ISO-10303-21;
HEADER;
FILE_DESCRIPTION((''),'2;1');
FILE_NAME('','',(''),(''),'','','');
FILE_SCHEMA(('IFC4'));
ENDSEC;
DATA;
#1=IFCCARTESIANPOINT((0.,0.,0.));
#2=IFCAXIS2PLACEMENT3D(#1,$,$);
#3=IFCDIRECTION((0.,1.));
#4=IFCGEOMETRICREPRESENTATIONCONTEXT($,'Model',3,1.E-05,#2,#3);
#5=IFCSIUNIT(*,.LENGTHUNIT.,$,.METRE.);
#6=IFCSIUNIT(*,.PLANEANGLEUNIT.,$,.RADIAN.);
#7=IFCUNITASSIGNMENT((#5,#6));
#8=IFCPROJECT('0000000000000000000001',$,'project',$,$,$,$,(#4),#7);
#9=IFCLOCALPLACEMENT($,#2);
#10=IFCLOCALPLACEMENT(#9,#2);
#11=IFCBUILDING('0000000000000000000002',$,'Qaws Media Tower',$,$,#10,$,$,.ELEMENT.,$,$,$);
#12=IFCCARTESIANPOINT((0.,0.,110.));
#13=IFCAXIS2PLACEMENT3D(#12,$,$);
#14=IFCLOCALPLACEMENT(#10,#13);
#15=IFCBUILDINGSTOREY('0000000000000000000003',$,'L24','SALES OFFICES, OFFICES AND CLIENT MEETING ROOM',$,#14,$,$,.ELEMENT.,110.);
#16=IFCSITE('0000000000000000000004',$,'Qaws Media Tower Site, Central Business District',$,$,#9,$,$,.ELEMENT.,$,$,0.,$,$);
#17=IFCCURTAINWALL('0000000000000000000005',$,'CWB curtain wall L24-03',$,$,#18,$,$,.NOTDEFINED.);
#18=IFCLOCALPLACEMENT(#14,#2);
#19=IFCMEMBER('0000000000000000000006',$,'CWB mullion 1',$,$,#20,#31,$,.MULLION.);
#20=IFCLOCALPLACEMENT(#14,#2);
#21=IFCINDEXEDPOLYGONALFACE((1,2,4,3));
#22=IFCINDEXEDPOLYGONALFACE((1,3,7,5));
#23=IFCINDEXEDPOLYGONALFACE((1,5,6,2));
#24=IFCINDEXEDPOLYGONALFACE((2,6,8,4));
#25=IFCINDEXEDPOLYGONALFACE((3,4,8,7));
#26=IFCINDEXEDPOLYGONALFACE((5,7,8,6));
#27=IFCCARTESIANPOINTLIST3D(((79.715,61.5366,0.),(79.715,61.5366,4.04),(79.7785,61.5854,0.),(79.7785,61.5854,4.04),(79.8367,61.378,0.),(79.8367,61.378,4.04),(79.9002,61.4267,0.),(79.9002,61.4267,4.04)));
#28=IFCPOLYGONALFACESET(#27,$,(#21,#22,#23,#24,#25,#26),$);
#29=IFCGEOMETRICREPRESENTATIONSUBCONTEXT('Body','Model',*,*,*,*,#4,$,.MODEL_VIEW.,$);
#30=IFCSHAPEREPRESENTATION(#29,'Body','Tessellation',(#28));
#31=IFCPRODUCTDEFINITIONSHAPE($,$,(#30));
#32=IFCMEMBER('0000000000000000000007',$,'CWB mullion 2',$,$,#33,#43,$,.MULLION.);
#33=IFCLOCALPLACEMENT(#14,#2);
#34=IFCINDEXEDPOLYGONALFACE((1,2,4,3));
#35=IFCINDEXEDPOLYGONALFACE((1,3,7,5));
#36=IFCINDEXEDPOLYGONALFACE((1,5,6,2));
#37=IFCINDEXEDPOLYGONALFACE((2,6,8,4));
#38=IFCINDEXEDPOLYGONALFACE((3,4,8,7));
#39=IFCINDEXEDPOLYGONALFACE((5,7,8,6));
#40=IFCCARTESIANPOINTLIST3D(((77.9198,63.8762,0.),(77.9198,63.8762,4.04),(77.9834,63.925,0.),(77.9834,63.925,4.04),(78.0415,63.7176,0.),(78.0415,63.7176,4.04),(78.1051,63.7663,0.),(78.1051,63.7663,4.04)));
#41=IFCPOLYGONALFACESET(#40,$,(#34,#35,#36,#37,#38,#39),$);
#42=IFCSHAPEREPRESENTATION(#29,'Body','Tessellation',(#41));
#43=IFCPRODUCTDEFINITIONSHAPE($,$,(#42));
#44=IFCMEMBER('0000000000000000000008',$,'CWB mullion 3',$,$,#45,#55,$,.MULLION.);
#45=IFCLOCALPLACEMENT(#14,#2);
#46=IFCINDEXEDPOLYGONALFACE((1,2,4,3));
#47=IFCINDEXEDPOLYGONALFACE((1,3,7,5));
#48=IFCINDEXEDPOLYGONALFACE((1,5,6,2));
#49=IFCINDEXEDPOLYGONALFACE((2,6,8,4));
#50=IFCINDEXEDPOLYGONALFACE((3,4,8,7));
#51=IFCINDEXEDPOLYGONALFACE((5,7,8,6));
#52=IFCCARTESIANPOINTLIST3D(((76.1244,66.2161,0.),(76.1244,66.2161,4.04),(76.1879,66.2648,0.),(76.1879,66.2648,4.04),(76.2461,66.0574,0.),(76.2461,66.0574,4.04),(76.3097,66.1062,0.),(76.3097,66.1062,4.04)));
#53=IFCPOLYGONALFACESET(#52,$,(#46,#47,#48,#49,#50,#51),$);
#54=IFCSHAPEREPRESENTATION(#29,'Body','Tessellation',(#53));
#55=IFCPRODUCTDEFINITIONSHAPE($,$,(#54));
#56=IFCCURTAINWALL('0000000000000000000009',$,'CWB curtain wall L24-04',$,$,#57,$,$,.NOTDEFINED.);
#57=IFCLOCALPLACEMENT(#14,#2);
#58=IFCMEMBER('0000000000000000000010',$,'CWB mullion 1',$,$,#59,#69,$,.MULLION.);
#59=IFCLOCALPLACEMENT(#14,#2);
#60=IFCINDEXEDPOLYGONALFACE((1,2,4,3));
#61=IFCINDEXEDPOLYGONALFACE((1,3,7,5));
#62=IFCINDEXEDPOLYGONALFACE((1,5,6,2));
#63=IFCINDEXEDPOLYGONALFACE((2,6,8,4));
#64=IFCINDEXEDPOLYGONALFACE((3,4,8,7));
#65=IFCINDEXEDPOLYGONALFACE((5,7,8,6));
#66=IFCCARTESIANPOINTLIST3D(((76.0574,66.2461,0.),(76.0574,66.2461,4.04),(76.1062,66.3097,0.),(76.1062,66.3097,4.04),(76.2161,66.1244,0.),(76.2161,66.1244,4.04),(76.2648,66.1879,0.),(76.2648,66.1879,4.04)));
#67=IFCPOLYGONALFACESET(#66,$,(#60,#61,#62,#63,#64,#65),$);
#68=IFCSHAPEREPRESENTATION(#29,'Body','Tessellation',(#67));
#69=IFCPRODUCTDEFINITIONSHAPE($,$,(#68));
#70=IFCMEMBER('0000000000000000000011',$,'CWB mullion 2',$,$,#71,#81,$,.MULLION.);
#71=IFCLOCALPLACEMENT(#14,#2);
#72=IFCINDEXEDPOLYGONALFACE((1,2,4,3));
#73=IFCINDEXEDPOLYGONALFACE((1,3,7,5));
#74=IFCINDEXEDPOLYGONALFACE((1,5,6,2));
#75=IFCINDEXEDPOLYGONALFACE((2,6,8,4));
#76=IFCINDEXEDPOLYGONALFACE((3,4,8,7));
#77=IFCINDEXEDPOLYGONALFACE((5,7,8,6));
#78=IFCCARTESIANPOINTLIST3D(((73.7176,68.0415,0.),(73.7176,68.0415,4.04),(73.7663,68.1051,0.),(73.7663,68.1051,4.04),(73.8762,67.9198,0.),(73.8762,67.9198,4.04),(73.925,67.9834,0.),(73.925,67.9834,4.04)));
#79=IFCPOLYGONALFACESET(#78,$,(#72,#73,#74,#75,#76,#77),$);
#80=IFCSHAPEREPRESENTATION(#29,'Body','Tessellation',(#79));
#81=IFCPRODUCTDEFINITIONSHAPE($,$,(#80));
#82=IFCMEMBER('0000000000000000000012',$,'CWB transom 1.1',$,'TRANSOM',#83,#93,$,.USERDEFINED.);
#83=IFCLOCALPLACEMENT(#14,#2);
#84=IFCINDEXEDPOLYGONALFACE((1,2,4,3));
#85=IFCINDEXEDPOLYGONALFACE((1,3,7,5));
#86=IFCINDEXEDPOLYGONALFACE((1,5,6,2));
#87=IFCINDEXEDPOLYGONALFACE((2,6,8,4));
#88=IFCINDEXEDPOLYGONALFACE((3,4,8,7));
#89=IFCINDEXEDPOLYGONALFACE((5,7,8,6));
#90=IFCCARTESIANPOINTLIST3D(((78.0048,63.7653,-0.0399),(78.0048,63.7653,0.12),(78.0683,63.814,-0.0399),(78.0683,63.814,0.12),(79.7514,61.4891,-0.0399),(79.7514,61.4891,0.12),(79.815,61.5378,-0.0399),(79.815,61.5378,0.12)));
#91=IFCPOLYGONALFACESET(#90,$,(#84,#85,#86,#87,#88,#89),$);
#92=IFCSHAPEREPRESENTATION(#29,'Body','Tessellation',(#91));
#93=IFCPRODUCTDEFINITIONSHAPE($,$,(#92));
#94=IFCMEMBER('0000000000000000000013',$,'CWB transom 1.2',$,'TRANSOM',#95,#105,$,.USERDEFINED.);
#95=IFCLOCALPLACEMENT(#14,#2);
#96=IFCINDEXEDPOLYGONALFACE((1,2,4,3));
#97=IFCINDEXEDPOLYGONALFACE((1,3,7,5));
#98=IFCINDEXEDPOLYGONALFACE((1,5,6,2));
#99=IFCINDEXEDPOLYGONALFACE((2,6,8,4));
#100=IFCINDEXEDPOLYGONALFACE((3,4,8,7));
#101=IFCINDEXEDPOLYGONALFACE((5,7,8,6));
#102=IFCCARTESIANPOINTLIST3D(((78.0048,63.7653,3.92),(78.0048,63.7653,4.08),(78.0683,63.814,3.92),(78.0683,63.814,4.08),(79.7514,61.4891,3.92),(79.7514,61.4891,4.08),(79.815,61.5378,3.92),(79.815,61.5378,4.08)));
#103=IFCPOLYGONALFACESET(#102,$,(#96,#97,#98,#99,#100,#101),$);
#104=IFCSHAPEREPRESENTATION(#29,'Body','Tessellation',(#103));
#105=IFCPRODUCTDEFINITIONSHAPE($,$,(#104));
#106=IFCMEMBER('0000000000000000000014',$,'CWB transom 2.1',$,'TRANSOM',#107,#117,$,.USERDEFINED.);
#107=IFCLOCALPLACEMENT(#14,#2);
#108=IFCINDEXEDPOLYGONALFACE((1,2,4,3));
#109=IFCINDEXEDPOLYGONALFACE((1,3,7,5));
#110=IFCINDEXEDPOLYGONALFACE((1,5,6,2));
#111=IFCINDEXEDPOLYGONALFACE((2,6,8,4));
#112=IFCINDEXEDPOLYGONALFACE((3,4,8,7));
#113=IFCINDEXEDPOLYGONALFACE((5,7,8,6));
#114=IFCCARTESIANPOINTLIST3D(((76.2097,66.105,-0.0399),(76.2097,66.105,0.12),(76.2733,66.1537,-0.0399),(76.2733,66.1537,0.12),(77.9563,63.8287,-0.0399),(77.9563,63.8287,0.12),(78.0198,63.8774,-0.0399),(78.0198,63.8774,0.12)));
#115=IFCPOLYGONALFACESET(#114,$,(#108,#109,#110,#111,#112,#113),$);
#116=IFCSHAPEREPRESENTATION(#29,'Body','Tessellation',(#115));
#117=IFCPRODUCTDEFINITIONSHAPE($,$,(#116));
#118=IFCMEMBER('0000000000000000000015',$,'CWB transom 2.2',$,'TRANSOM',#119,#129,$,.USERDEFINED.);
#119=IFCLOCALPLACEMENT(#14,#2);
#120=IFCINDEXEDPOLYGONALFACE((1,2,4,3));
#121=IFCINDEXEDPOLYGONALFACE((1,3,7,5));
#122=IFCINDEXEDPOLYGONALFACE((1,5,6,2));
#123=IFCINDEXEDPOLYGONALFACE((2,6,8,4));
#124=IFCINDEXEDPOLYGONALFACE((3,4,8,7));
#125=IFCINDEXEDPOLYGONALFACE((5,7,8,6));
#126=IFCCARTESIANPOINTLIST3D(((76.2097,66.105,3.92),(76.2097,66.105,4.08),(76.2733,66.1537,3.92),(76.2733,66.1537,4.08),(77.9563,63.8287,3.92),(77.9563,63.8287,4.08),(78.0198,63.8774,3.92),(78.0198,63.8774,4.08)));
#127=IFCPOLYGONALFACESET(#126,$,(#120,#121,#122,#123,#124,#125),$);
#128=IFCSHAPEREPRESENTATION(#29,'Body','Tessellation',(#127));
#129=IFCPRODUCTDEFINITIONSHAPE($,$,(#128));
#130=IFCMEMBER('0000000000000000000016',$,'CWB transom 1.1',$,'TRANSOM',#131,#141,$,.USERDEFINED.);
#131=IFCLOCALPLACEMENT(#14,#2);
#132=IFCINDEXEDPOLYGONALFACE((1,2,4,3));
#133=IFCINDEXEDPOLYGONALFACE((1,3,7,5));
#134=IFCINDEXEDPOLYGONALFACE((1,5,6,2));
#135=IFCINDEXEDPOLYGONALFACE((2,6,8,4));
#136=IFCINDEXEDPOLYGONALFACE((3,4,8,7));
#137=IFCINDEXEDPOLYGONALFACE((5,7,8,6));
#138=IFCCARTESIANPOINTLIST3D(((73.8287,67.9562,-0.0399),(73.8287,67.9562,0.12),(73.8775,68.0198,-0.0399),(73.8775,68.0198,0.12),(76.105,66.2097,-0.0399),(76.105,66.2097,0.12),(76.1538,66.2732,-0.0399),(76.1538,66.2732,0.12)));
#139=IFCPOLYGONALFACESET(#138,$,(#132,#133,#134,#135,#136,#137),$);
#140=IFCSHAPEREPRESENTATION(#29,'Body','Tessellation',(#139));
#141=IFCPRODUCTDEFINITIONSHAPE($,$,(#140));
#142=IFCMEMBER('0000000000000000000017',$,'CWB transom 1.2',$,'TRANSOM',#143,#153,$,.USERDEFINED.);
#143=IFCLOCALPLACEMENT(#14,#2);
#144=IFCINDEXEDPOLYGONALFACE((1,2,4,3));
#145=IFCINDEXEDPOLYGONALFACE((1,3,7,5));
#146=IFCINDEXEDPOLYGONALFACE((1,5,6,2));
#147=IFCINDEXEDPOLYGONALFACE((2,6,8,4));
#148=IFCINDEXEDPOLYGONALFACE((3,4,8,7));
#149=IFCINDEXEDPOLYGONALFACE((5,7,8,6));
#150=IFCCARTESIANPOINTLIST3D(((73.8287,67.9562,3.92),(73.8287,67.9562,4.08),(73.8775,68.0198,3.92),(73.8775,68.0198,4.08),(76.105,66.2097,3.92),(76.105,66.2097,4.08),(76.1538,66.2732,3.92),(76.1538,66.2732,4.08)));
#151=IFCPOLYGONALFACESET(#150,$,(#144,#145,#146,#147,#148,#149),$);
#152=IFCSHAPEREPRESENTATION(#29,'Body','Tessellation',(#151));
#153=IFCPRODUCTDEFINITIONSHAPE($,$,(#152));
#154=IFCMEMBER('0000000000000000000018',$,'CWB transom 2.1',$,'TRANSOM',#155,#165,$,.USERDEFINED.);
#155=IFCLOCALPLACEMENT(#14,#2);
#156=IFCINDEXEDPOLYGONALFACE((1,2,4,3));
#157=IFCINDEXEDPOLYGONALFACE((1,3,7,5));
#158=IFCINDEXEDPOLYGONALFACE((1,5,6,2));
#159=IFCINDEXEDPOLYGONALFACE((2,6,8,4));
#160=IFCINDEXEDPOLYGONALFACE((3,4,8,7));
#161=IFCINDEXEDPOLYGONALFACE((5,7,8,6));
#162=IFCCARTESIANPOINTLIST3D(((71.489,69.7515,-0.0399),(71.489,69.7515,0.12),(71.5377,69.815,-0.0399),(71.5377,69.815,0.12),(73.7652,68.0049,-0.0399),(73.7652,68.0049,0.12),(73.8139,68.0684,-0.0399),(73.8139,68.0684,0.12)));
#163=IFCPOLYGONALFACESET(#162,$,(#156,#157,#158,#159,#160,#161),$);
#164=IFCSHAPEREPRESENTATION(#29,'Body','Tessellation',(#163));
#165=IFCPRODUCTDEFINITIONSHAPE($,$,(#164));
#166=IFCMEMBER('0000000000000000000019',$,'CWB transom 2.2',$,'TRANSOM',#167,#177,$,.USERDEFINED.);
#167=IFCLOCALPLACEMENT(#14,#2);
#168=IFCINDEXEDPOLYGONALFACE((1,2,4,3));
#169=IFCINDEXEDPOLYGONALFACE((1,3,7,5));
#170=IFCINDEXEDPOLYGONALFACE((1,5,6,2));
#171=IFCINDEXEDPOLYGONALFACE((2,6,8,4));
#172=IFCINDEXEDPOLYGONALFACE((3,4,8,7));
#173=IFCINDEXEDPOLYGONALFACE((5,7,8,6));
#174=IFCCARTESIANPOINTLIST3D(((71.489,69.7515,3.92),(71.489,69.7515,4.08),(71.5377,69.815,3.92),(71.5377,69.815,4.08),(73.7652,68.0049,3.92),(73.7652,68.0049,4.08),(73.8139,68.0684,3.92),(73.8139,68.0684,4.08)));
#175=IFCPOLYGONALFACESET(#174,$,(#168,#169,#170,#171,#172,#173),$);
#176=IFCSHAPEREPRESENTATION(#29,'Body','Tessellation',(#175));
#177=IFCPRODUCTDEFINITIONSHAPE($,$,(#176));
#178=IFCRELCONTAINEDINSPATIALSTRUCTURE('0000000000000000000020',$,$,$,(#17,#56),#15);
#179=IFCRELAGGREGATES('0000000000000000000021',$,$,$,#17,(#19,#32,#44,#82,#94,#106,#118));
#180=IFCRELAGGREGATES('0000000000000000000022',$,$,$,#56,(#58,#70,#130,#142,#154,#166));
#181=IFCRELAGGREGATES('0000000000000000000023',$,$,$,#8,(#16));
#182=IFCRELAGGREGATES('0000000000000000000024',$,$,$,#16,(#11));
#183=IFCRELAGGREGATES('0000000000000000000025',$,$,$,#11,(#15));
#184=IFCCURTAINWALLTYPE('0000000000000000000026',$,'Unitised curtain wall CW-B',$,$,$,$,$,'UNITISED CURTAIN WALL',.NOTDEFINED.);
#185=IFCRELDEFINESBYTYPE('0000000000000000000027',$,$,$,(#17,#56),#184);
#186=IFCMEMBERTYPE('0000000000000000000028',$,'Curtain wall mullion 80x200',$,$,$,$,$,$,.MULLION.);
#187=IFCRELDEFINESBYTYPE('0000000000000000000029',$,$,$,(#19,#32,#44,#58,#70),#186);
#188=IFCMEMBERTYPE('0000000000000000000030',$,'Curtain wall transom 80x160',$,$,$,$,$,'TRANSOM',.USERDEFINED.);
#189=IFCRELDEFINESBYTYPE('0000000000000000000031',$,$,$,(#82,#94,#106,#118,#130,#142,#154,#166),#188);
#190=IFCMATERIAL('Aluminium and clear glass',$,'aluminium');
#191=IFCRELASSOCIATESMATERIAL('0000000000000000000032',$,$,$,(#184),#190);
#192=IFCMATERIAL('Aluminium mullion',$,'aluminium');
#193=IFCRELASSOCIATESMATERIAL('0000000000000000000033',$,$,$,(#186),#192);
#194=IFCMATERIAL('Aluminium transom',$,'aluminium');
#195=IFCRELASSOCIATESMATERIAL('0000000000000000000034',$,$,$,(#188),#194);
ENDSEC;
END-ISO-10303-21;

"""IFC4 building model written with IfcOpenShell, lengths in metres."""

from ifc_helpers import new_model, si_unit, direction, frame, origin, origin_2d, place, context, subcontext, project, spatial, rectangle, extrude, material, material_profile, profile_set, type_object, element, aggregate, save


model = new_model("IFC4")

# Units and contexts
model_context = context("Model", 3, precision=1e-05, world=origin(), true_north=direction((0.0, 1.0)))
body_context = subcontext(model_context, "Body", "Model", "MODEL_VIEW")
ifc_project = project(units=[si_unit("LENGTHUNIT", "METRE"), si_unit("PLANEANGLEUNIT", "RADIAN")], contexts=[model_context])

# Site, building, storey
site_placement = place(None, origin())
site = spatial("IfcSite", under=ifc_project, at=site_placement, Name="Qaws Media Tower Site, Central Business District", CompositionType="ELEMENT", RefElevation=0.0)
building_placement = place(site_placement, origin())
building = spatial("IfcBuilding", under=site, at=building_placement, Name="Qaws Media Tower", CompositionType="ELEMENT")
storey_placement = place(building_placement, frame((0.0, 0.0, 110.0)))
storey = spatial("IfcBuildingStorey", under=building, at=storey_placement, Name="L24", Description="SALES OFFICES, OFFICES AND CLIENT MEETING ROOM", CompositionType="ELEMENT", Elevation=110.0)

# Curtain walls, members
ifc_material_1 = material(Name="Aluminium and clear glass", Category="aluminium")
curtain_wall_type = type_object("IfcCurtainWallType", Name="Unitised curtain wall CW-B", ElementType="UNITISED CURTAIN WALL", PredefinedType="NOTDEFINED", material=ifc_material_1)
curtain_wall_1_placement = place(storey_placement, origin())
curtain_wall_1 = element("IfcCurtainWall", 1, at=curtain_wall_1_placement, inside=storey, type_object=curtain_wall_type, Name="CWB curtain wall L24-03", PredefinedType="NOTDEFINED")
ifc_material_2 = material(Name="Aluminium mullion", Category="aluminium")
ifc_material_profile_1 = material_profile(ifc_material_2, rectangle(XDim=0.0801, YDim=0.2, at=origin_2d()), Name="80x200")
ifc_profile_set_1 = profile_set([ifc_material_profile_1], Name="Aluminium mullion")
member_type_1 = type_object("IfcMemberType", Name="Curtain wall mullion 80x200", PredefinedType="MULLION", material=ifc_profile_set_1)
member_1_placement = place(storey_placement, frame((79.8076, 61.4817, 0.0), z_axis=(0.0, 0.0, 1.0), x_axis=(-0.793353, -0.608762, 0.0)))
member_1 = element("IfcMember", 2, at=member_1_placement, type_object=member_type_1, Name="CWB mullion 1", PredefinedType="MULLION", context=body_context, shape_type="SweptSolid", body=[
    extrude(rectangle(XDim=0.0801, YDim=0.2, at=origin_2d()), origin(), (0.0, 0.0, 1.0), 4.04),
])
member_2_placement = place(storey_placement, frame((78.0125, 63.8213, 0.0), z_axis=(0.0, 0.0, 1.0), x_axis=(-0.793353, -0.608762, 0.0)))
member_2 = element("IfcMember", 3, at=member_2_placement, type_object=member_type_1, Name="CWB mullion 2", PredefinedType="MULLION", context=body_context, shape_type="SweptSolid", body=[
    extrude(rectangle(XDim=0.0801, YDim=0.2, at=origin_2d()), origin(), (0.0, 0.0, 1.0), 4.04),
])
member_3_placement = place(storey_placement, frame((76.217, 66.1611, 0.0), z_axis=(0.0, 0.0, 1.0), x_axis=(-0.793353, -0.608762, 0.0)))
member_3 = element("IfcMember", 4, at=member_3_placement, type_object=member_type_1, Name="CWB mullion 3", PredefinedType="MULLION", context=body_context, shape_type="SweptSolid", body=[
    extrude(rectangle(XDim=0.0801, YDim=0.2, at=origin_2d()), origin(), (0.0, 0.0, 1.0), 4.04),
])
curtain_wall_2_placement = place(storey_placement, origin())
curtain_wall_2 = element("IfcCurtainWall", 5, at=curtain_wall_2_placement, inside=storey, type_object=curtain_wall_type, Name="CWB curtain wall L24-04", PredefinedType="NOTDEFINED")
member_4_placement = place(storey_placement, frame((76.1611, 66.217, 0.0), z_axis=(0.0, 0.0, 1.0), x_axis=(-0.608762, -0.793353, 0.0)))
member_4 = element("IfcMember", 6, at=member_4_placement, type_object=member_type_1, Name="CWB mullion 1", PredefinedType="MULLION", context=body_context, shape_type="SweptSolid", body=[
    extrude(rectangle(XDim=0.0801, YDim=0.2, at=origin_2d()), origin(), (0.0, 0.0, 1.0), 4.04),
])
member_5_placement = place(storey_placement, frame((73.8213, 68.0125, 0.0), z_axis=(0.0, 0.0, 1.0), x_axis=(-0.608762, -0.793353, 0.0)))
member_5 = element("IfcMember", 7, at=member_5_placement, type_object=member_type_1, Name="CWB mullion 2", PredefinedType="MULLION", context=body_context, shape_type="SweptSolid", body=[
    extrude(rectangle(XDim=0.0801, YDim=0.2, at=origin_2d()), origin(), (0.0, 0.0, 1.0), 4.04),
])

# Members
ifc_material_3 = material(Name="Aluminium transom", Category="aluminium")
ifc_material_profile_2 = material_profile(ifc_material_3, rectangle(XDim=0.0801, YDim=0.1599, at=origin_2d()), Name="80x160")
ifc_profile_set_2 = profile_set([ifc_material_profile_2], Name="Aluminium transom")
member_type_2 = type_object("IfcMemberType", Name="Curtain wall transom 80x160", ElementType="TRANSOM", PredefinedType="USERDEFINED", material=ifc_profile_set_2)
member_6_placement = place(storey_placement, frame((79.7832, 61.5134, 0.04), z_axis=(-0.608773, 0.793345, 0.0), x_axis=(-0.793345, -0.608773, 0.0)))
member_6 = element("IfcMember", 8, at=member_6_placement, type_object=member_type_2, Name="CWB transom 1.1", ObjectType="TRANSOM", PredefinedType="USERDEFINED", context=body_context, shape_type="SweptSolid", body=[
    extrude(rectangle(XDim=0.0801, YDim=0.1599, at=origin_2d()), origin(), (0.0, 0.0, 1.0), 2.8691),
])
member_7_placement = place(storey_placement, frame((79.7832, 61.5134, 4.0), z_axis=(-0.608773, 0.793345, 0.0), x_axis=(-0.793345, -0.608773, 0.0)))
member_7 = element("IfcMember", 9, at=member_7_placement, type_object=member_type_2, Name="CWB transom 1.2", ObjectType="TRANSOM", PredefinedType="USERDEFINED", context=body_context, shape_type="SweptSolid", body=[
    extrude(rectangle(XDim=0.0801, YDim=0.1599, at=origin_2d()), origin(), (0.0, 0.0, 1.0), 2.8691),
])
member_8_placement = place(storey_placement, frame((77.988, 63.853, 0.04), z_axis=(-0.608732, 0.793376, 0.0), x_axis=(-0.793376, -0.608732, 0.0)))
member_8 = element("IfcMember", 10, at=member_8_placement, type_object=member_type_2, Name="CWB transom 2.1", ObjectType="TRANSOM", PredefinedType="USERDEFINED", context=body_context, shape_type="SweptSolid", body=[
    extrude(rectangle(XDim=0.0801, YDim=0.1599, at=origin_2d()), origin(), (0.0, 0.0, 1.0), 2.8691),
])
member_9_placement = place(storey_placement, frame((77.988, 63.853, 4.0), z_axis=(-0.608732, 0.793376, 0.0), x_axis=(-0.793376, -0.608732, 0.0)))
member_9 = element("IfcMember", 11, at=member_9_placement, type_object=member_type_2, Name="CWB transom 2.2", ObjectType="TRANSOM", PredefinedType="USERDEFINED", context=body_context, shape_type="SweptSolid", body=[
    extrude(rectangle(XDim=0.0801, YDim=0.1599, at=origin_2d()), origin(), (0.0, 0.0, 1.0), 2.8691),
])
member_10_placement = place(storey_placement, frame((76.1294, 66.2415, 0.04), z_axis=(-0.793376, 0.608732, 0.0), x_axis=(-0.608732, -0.793376, 0.0)))
member_10 = element("IfcMember", 12, at=member_10_placement, type_object=member_type_2, Name="CWB transom 1.1", ObjectType="TRANSOM", PredefinedType="USERDEFINED", context=body_context, shape_type="SweptSolid", body=[
    extrude(rectangle(XDim=0.0801, YDim=0.1599, at=origin_2d()), origin(), (0.0, 0.0, 1.0), 2.8691),
])
member_11_placement = place(storey_placement, frame((76.1294, 66.2415, 4.0), z_axis=(-0.793376, 0.608732, 0.0), x_axis=(-0.608732, -0.793376, 0.0)))
member_11 = element("IfcMember", 13, at=member_11_placement, type_object=member_type_2, Name="CWB transom 1.2", ObjectType="TRANSOM", PredefinedType="USERDEFINED", context=body_context, shape_type="SweptSolid", body=[
    extrude(rectangle(XDim=0.0801, YDim=0.1599, at=origin_2d()), origin(), (0.0, 0.0, 1.0), 2.8691),
])
member_12_placement = place(storey_placement, frame((73.7896, 68.0366, 0.04), z_axis=(-0.793345, 0.608773, 0.0), x_axis=(-0.608773, -0.793345, 0.0)))
member_12 = element("IfcMember", 14, at=member_12_placement, type_object=member_type_2, Name="CWB transom 2.1", ObjectType="TRANSOM", PredefinedType="USERDEFINED", context=body_context, shape_type="SweptSolid", body=[
    extrude(rectangle(XDim=0.0801, YDim=0.1599, at=origin_2d()), origin(), (0.0, 0.0, 1.0), 2.8691),
])
member_13_placement = place(storey_placement, frame((73.7896, 68.0366, 4.0), z_axis=(-0.793345, 0.608773, 0.0), x_axis=(-0.608773, -0.793345, 0.0)))
member_13 = element("IfcMember", 15, at=member_13_placement, type_object=member_type_2, Name="CWB transom 2.2", ObjectType="TRANSOM", PredefinedType="USERDEFINED", context=body_context, shape_type="SweptSolid", body=[
    extrude(rectangle(XDim=0.0801, YDim=0.1599, at=origin_2d()), origin(), (0.0, 0.0, 1.0), 2.8691),
])

aggregate(curtain_wall_1, [member_1, member_2, member_3, member_6, member_7, member_8, member_9])
aggregate(curtain_wall_2, [member_4, member_5, member_10, member_11, member_12, member_13])

save(model, "model.ifc")
